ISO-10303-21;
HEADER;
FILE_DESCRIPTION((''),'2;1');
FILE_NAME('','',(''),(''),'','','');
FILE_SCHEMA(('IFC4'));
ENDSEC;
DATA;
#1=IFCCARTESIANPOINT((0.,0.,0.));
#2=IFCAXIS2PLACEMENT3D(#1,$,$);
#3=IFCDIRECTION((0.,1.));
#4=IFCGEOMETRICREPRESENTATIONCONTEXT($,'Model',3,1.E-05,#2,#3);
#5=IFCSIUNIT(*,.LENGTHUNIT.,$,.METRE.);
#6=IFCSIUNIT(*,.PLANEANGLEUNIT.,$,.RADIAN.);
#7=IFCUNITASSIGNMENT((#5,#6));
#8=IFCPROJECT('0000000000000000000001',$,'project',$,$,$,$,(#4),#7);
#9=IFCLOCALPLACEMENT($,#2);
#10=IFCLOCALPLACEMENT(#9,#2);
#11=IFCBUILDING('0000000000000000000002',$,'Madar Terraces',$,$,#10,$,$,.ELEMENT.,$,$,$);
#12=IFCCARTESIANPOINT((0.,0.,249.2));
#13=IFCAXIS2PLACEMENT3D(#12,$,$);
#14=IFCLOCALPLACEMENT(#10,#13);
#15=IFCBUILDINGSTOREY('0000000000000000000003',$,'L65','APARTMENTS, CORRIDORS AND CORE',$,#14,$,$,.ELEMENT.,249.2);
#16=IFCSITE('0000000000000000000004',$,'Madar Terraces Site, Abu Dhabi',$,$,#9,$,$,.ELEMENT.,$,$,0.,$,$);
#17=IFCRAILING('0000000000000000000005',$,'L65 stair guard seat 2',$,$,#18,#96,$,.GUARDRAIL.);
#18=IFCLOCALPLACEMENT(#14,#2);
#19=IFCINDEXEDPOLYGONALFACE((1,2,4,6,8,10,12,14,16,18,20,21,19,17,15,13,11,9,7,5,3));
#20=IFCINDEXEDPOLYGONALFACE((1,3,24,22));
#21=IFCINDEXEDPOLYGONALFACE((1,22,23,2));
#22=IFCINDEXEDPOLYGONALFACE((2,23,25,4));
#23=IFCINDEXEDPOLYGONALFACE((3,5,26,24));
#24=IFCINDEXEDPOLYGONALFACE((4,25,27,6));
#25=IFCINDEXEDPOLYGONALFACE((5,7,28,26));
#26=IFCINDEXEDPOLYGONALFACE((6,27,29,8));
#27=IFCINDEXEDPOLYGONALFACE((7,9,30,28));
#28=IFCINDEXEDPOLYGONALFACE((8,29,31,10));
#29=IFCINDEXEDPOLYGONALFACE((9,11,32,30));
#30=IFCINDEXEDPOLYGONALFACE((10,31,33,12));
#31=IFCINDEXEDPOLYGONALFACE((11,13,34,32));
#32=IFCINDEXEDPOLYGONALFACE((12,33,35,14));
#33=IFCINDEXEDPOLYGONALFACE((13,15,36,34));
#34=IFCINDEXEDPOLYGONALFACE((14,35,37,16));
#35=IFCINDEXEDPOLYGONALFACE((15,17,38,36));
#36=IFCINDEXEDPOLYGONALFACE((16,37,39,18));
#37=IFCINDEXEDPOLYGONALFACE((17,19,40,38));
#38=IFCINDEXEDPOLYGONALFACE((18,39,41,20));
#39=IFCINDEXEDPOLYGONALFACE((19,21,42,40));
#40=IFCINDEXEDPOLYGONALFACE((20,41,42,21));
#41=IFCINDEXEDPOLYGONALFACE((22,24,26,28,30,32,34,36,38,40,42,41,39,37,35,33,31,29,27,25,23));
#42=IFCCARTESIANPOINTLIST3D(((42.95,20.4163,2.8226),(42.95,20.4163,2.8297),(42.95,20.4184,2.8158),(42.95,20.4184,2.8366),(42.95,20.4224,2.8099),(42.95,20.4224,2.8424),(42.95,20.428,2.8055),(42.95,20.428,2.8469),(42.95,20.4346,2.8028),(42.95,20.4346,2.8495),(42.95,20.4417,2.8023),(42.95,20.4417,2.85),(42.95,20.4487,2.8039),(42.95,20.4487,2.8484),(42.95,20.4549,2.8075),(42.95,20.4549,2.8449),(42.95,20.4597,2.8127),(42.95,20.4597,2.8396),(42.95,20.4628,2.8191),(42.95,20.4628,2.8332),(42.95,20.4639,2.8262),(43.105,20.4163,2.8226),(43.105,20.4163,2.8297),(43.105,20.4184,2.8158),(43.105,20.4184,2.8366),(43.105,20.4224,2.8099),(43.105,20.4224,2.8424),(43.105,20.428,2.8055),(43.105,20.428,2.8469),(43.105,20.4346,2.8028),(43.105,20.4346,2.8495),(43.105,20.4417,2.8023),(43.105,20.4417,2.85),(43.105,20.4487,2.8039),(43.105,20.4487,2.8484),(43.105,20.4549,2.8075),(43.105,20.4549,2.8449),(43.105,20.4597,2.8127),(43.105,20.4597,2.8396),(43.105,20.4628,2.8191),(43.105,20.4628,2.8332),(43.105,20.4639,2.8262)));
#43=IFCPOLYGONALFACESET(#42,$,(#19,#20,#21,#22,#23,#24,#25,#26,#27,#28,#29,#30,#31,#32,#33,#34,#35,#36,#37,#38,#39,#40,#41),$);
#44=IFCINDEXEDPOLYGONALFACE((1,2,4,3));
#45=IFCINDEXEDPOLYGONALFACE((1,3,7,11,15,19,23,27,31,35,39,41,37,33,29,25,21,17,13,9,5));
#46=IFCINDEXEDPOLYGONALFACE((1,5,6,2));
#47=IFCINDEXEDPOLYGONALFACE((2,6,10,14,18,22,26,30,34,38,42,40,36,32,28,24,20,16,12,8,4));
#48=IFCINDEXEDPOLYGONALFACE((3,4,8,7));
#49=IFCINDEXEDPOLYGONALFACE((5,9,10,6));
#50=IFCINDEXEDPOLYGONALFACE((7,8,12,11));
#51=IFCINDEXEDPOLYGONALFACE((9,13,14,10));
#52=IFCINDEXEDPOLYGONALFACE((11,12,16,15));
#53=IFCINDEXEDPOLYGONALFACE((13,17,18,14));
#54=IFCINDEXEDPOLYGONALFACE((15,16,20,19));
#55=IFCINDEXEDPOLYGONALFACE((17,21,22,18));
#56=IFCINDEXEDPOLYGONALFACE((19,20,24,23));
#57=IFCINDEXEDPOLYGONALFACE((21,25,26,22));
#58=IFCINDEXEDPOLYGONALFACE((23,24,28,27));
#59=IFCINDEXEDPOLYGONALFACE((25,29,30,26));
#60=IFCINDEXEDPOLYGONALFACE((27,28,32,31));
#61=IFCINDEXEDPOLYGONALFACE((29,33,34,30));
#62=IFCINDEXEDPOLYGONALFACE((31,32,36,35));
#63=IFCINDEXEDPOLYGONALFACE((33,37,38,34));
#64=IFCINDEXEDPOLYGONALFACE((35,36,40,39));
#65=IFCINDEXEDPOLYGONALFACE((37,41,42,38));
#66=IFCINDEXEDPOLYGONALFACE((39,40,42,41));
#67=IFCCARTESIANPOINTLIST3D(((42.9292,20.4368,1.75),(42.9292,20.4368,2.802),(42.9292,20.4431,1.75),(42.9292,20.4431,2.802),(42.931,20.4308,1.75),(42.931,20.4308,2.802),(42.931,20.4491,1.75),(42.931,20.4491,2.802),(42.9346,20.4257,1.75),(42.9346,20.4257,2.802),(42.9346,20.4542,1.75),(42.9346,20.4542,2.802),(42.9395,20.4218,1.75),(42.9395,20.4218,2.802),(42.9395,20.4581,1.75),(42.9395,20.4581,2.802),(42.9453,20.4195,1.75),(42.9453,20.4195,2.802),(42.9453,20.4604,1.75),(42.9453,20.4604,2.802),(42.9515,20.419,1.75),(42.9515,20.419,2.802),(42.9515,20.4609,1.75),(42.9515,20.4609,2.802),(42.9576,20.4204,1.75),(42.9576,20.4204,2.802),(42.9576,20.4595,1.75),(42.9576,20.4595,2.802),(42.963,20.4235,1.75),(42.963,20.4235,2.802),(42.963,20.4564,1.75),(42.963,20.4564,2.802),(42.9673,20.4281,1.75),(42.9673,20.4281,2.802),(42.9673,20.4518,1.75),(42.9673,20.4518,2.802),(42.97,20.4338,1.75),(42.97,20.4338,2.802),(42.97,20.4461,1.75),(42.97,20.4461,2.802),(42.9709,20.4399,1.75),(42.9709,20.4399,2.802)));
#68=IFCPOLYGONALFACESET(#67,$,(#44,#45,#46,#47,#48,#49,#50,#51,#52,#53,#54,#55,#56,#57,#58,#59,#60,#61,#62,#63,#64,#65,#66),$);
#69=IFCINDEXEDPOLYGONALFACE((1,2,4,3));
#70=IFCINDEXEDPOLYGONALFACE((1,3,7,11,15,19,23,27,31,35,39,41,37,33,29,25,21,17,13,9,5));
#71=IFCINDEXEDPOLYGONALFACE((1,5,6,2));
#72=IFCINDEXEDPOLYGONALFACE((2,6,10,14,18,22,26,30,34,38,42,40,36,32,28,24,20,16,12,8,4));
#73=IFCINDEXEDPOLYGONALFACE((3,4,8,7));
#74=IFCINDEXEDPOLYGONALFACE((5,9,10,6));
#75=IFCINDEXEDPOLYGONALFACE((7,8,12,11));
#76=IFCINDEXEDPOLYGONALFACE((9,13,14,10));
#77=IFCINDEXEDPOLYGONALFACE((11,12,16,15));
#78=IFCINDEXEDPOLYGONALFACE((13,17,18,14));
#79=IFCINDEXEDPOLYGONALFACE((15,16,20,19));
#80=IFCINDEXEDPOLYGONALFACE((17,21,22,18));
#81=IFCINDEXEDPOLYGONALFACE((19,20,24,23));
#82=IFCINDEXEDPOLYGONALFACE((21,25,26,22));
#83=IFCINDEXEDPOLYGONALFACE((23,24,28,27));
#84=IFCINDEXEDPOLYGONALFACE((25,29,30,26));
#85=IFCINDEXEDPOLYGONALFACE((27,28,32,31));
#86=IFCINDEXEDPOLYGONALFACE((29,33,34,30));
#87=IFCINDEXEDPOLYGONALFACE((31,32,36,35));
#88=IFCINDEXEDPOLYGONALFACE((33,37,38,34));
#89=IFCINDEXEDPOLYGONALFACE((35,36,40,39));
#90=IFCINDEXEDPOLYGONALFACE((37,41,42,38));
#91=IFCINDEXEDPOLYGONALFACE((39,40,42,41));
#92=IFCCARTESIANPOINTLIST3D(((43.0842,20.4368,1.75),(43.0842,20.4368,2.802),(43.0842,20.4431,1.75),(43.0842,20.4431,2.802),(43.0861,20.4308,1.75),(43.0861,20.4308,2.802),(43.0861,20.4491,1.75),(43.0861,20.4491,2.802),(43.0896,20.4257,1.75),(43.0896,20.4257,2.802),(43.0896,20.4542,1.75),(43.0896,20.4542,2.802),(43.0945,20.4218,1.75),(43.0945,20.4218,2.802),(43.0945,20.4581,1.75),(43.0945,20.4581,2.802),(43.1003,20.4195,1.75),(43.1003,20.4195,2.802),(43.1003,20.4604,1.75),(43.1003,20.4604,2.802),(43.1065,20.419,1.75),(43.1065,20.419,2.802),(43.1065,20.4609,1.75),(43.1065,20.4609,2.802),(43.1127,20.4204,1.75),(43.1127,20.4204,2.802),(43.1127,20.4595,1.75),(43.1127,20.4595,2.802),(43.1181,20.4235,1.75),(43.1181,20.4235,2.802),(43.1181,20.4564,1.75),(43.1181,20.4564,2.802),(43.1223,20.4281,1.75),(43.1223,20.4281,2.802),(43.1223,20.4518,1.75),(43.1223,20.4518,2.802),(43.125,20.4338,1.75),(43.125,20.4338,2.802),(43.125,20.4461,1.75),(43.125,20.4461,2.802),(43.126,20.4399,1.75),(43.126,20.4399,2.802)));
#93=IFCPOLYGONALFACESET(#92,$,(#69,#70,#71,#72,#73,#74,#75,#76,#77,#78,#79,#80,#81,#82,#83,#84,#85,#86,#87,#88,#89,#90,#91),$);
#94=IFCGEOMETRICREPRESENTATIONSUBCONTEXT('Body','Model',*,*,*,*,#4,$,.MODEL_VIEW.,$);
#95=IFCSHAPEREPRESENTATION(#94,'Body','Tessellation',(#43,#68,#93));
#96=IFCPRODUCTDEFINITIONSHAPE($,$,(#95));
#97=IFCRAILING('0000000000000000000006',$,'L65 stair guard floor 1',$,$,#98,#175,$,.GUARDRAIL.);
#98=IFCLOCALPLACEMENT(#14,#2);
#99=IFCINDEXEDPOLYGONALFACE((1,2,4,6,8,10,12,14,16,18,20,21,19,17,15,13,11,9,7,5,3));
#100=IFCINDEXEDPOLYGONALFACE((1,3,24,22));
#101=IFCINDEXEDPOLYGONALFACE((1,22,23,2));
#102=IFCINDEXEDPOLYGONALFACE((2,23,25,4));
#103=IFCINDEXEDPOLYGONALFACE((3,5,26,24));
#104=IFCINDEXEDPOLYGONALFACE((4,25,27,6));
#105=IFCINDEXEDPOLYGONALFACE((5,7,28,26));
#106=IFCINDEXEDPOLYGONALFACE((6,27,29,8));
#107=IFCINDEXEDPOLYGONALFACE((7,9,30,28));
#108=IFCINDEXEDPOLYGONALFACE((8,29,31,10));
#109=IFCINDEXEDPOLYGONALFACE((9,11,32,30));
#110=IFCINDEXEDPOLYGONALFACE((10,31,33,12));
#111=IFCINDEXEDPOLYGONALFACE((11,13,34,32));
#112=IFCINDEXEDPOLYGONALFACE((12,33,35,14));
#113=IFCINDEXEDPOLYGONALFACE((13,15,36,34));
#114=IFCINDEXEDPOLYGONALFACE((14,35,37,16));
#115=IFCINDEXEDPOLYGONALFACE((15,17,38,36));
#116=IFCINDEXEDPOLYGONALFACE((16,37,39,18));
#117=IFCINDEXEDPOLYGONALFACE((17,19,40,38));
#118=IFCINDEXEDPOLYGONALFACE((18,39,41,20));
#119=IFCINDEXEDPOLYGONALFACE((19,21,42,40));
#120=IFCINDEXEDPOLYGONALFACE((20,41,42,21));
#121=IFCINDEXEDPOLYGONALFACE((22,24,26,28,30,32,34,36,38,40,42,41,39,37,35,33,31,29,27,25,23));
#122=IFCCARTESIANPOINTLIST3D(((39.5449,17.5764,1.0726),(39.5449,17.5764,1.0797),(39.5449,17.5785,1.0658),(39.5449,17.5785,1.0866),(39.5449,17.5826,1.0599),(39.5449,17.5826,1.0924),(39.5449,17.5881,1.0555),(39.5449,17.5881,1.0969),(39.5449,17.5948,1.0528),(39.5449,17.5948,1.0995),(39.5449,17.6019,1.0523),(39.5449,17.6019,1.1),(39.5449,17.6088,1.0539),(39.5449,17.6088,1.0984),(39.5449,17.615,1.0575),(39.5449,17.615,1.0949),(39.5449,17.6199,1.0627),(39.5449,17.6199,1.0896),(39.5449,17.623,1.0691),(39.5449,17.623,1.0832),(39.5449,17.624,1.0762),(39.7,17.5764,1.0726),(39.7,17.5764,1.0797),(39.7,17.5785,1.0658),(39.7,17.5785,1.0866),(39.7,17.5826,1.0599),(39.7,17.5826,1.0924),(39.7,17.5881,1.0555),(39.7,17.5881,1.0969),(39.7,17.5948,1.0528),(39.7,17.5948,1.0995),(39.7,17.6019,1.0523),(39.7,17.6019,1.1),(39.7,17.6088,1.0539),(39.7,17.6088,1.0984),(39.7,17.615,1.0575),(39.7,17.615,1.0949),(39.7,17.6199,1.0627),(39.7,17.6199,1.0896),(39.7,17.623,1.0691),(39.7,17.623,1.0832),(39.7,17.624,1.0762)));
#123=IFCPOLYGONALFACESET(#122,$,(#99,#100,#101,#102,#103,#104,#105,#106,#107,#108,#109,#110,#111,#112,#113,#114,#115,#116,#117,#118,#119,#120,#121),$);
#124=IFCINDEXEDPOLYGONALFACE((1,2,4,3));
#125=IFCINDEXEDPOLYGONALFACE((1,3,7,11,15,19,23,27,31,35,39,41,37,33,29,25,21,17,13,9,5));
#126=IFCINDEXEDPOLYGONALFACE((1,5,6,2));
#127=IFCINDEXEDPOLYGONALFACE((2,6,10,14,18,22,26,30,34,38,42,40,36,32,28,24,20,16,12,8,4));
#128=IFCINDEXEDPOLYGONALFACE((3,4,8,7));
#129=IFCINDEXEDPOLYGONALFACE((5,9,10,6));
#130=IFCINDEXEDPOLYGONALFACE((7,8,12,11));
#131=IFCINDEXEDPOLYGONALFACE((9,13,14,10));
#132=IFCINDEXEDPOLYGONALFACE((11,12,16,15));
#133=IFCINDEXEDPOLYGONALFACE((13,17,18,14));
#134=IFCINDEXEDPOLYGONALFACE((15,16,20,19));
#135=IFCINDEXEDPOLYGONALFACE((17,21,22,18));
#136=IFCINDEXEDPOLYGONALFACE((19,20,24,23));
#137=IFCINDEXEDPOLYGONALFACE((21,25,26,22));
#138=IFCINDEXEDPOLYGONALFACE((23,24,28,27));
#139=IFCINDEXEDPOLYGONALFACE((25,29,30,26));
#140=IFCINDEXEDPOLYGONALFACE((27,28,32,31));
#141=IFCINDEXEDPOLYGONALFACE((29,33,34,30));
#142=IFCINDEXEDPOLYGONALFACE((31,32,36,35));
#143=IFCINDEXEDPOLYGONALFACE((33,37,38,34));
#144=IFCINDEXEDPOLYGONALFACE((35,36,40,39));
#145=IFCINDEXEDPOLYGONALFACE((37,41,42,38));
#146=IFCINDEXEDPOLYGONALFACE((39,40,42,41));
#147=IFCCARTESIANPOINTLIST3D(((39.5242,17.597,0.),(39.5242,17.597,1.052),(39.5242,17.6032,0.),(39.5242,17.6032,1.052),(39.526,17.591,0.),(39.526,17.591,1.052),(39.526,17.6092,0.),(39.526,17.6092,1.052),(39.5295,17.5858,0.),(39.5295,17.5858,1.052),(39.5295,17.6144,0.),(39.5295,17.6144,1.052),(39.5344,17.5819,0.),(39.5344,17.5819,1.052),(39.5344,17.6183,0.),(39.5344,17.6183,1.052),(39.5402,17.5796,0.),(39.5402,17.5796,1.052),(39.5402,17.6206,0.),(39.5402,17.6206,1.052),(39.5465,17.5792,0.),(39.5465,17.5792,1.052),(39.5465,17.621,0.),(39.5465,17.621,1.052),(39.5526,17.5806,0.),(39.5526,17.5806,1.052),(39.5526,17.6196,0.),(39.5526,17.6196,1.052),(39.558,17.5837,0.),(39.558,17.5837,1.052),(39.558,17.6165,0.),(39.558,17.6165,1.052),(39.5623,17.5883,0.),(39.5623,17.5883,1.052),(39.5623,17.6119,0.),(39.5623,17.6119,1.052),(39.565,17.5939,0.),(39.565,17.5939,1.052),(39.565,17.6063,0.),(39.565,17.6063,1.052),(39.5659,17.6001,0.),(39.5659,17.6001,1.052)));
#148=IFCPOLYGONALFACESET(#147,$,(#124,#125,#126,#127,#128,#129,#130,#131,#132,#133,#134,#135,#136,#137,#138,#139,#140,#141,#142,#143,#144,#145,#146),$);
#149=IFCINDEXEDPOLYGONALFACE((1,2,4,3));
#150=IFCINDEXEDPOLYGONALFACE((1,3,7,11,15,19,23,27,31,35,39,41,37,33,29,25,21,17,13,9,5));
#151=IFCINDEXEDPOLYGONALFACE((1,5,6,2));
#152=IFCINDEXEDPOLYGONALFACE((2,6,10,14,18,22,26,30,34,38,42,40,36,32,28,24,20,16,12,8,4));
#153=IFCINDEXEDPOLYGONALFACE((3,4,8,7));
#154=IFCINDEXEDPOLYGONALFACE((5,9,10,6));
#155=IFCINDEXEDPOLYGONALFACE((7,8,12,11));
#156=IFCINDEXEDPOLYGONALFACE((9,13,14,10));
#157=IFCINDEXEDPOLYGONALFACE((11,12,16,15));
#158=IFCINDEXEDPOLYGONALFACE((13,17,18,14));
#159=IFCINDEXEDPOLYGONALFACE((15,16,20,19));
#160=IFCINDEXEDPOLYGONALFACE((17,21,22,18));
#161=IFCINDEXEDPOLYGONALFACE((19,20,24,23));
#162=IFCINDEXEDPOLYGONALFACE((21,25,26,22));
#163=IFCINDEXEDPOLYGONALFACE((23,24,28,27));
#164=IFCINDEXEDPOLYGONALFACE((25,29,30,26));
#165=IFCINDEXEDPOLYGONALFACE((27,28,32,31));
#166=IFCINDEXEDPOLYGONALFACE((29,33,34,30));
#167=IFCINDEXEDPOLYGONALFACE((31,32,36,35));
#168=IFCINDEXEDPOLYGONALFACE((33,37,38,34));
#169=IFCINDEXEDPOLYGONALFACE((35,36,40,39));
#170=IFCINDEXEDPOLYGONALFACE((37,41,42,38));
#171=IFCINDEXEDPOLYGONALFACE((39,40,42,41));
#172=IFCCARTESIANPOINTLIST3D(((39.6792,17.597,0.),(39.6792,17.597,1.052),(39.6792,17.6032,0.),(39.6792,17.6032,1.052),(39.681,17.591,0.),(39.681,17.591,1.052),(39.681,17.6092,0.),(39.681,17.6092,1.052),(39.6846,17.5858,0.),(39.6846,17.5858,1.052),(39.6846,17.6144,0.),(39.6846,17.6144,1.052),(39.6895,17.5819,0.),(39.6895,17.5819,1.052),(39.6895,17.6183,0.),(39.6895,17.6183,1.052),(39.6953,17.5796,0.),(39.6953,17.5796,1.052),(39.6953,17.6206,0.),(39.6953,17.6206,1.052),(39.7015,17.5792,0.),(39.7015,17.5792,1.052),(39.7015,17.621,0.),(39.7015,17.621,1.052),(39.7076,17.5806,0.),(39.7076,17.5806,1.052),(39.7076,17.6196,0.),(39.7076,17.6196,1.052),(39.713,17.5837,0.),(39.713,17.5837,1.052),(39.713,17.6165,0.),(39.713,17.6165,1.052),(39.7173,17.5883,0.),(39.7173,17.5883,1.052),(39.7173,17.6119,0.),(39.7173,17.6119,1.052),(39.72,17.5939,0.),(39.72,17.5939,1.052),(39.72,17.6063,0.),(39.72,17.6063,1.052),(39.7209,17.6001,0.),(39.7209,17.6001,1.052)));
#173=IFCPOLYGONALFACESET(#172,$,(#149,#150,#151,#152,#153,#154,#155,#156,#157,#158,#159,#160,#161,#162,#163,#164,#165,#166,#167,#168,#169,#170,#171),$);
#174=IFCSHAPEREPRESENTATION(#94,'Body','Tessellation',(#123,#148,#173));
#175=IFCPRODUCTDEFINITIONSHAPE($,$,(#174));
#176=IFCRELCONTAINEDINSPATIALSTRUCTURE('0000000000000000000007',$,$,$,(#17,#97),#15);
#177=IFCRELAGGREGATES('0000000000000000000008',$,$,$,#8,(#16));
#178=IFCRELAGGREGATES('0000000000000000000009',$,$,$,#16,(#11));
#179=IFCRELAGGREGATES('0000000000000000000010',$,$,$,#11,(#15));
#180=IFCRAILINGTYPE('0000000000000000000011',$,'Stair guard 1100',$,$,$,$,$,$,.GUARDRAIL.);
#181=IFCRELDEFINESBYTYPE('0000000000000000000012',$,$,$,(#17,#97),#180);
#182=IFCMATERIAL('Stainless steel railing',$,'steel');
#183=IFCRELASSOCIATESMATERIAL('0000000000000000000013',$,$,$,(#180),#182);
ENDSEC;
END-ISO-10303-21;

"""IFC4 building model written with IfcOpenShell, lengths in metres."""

from ifc_helpers import new_model, si_unit, direction, frame, origin, origin_2d, place, context, subcontext, project, spatial, circle, extrude, material, type_object, element, save


model = new_model("IFC4")

# Units and contexts
model_context = context("Model", 3, precision=1e-05, world=origin(), true_north=direction((0.0, 1.0)))
body_context = subcontext(model_context, "Body", "Model", "MODEL_VIEW")
ifc_project = project(units=[si_unit("LENGTHUNIT", "METRE"), si_unit("PLANEANGLEUNIT", "RADIAN")], contexts=[model_context])

# Site, building, storey
site_placement = place(None, origin())
site = spatial("IfcSite", under=ifc_project, at=site_placement, Name="Madar Terraces Site, Abu Dhabi", CompositionType="ELEMENT", RefElevation=0.0)
building_placement = place(site_placement, origin())
building = spatial("IfcBuilding", under=site, at=building_placement, Name="Madar Terraces", CompositionType="ELEMENT")
storey_placement = place(building_placement, frame((0.0, 0.0, 249.2)))
storey = spatial("IfcBuildingStorey", under=building, at=storey_placement, Name="L65", Description="APARTMENTS, CORRIDORS AND CORE", CompositionType="ELEMENT", Elevation=249.2)

# Railings
ifc_material_1 = material(Name="Stainless steel railing", Category="steel")
railing_type_1 = type_object("IfcRailingType", Name="Stair guard 1100", PredefinedType="GUARDRAIL", material=ifc_material_1)
for number, where, name in (
    (1, (42.95, 20.4399, 1.75), "L65 stair guard seat 2"),
    (2, (39.5449, 17.6001, 0.0), "L65 stair guard floor 1"),
):
    element("IfcRailing", number, at=place(storey_placement, frame(where)), inside=storey, type_object=railing_type_1, Name=name, PredefinedType="GUARDRAIL", context=body_context, shape_type="SweptSolid", body=[
        extrude(circle(Radius=0.0239, at=origin_2d()), frame((0.0, 0.0, 1.0762), z_axis=(1.0, 0.0, 0.0), x_axis=(0.0, 1.0, 0.0)), (0.0, 0.0, 1.0), 0.155),
        extrude(circle(Radius=0.021, at=origin_2d()), origin(), (0.0, 0.0, 1.0), 1.052),
        extrude(circle(Radius=0.021, at=origin_2d()), frame((0.155, 0.0, 0.0)), (0.0, 0.0, 1.0), 1.052),
    ])

save(model, "model.ifc")
